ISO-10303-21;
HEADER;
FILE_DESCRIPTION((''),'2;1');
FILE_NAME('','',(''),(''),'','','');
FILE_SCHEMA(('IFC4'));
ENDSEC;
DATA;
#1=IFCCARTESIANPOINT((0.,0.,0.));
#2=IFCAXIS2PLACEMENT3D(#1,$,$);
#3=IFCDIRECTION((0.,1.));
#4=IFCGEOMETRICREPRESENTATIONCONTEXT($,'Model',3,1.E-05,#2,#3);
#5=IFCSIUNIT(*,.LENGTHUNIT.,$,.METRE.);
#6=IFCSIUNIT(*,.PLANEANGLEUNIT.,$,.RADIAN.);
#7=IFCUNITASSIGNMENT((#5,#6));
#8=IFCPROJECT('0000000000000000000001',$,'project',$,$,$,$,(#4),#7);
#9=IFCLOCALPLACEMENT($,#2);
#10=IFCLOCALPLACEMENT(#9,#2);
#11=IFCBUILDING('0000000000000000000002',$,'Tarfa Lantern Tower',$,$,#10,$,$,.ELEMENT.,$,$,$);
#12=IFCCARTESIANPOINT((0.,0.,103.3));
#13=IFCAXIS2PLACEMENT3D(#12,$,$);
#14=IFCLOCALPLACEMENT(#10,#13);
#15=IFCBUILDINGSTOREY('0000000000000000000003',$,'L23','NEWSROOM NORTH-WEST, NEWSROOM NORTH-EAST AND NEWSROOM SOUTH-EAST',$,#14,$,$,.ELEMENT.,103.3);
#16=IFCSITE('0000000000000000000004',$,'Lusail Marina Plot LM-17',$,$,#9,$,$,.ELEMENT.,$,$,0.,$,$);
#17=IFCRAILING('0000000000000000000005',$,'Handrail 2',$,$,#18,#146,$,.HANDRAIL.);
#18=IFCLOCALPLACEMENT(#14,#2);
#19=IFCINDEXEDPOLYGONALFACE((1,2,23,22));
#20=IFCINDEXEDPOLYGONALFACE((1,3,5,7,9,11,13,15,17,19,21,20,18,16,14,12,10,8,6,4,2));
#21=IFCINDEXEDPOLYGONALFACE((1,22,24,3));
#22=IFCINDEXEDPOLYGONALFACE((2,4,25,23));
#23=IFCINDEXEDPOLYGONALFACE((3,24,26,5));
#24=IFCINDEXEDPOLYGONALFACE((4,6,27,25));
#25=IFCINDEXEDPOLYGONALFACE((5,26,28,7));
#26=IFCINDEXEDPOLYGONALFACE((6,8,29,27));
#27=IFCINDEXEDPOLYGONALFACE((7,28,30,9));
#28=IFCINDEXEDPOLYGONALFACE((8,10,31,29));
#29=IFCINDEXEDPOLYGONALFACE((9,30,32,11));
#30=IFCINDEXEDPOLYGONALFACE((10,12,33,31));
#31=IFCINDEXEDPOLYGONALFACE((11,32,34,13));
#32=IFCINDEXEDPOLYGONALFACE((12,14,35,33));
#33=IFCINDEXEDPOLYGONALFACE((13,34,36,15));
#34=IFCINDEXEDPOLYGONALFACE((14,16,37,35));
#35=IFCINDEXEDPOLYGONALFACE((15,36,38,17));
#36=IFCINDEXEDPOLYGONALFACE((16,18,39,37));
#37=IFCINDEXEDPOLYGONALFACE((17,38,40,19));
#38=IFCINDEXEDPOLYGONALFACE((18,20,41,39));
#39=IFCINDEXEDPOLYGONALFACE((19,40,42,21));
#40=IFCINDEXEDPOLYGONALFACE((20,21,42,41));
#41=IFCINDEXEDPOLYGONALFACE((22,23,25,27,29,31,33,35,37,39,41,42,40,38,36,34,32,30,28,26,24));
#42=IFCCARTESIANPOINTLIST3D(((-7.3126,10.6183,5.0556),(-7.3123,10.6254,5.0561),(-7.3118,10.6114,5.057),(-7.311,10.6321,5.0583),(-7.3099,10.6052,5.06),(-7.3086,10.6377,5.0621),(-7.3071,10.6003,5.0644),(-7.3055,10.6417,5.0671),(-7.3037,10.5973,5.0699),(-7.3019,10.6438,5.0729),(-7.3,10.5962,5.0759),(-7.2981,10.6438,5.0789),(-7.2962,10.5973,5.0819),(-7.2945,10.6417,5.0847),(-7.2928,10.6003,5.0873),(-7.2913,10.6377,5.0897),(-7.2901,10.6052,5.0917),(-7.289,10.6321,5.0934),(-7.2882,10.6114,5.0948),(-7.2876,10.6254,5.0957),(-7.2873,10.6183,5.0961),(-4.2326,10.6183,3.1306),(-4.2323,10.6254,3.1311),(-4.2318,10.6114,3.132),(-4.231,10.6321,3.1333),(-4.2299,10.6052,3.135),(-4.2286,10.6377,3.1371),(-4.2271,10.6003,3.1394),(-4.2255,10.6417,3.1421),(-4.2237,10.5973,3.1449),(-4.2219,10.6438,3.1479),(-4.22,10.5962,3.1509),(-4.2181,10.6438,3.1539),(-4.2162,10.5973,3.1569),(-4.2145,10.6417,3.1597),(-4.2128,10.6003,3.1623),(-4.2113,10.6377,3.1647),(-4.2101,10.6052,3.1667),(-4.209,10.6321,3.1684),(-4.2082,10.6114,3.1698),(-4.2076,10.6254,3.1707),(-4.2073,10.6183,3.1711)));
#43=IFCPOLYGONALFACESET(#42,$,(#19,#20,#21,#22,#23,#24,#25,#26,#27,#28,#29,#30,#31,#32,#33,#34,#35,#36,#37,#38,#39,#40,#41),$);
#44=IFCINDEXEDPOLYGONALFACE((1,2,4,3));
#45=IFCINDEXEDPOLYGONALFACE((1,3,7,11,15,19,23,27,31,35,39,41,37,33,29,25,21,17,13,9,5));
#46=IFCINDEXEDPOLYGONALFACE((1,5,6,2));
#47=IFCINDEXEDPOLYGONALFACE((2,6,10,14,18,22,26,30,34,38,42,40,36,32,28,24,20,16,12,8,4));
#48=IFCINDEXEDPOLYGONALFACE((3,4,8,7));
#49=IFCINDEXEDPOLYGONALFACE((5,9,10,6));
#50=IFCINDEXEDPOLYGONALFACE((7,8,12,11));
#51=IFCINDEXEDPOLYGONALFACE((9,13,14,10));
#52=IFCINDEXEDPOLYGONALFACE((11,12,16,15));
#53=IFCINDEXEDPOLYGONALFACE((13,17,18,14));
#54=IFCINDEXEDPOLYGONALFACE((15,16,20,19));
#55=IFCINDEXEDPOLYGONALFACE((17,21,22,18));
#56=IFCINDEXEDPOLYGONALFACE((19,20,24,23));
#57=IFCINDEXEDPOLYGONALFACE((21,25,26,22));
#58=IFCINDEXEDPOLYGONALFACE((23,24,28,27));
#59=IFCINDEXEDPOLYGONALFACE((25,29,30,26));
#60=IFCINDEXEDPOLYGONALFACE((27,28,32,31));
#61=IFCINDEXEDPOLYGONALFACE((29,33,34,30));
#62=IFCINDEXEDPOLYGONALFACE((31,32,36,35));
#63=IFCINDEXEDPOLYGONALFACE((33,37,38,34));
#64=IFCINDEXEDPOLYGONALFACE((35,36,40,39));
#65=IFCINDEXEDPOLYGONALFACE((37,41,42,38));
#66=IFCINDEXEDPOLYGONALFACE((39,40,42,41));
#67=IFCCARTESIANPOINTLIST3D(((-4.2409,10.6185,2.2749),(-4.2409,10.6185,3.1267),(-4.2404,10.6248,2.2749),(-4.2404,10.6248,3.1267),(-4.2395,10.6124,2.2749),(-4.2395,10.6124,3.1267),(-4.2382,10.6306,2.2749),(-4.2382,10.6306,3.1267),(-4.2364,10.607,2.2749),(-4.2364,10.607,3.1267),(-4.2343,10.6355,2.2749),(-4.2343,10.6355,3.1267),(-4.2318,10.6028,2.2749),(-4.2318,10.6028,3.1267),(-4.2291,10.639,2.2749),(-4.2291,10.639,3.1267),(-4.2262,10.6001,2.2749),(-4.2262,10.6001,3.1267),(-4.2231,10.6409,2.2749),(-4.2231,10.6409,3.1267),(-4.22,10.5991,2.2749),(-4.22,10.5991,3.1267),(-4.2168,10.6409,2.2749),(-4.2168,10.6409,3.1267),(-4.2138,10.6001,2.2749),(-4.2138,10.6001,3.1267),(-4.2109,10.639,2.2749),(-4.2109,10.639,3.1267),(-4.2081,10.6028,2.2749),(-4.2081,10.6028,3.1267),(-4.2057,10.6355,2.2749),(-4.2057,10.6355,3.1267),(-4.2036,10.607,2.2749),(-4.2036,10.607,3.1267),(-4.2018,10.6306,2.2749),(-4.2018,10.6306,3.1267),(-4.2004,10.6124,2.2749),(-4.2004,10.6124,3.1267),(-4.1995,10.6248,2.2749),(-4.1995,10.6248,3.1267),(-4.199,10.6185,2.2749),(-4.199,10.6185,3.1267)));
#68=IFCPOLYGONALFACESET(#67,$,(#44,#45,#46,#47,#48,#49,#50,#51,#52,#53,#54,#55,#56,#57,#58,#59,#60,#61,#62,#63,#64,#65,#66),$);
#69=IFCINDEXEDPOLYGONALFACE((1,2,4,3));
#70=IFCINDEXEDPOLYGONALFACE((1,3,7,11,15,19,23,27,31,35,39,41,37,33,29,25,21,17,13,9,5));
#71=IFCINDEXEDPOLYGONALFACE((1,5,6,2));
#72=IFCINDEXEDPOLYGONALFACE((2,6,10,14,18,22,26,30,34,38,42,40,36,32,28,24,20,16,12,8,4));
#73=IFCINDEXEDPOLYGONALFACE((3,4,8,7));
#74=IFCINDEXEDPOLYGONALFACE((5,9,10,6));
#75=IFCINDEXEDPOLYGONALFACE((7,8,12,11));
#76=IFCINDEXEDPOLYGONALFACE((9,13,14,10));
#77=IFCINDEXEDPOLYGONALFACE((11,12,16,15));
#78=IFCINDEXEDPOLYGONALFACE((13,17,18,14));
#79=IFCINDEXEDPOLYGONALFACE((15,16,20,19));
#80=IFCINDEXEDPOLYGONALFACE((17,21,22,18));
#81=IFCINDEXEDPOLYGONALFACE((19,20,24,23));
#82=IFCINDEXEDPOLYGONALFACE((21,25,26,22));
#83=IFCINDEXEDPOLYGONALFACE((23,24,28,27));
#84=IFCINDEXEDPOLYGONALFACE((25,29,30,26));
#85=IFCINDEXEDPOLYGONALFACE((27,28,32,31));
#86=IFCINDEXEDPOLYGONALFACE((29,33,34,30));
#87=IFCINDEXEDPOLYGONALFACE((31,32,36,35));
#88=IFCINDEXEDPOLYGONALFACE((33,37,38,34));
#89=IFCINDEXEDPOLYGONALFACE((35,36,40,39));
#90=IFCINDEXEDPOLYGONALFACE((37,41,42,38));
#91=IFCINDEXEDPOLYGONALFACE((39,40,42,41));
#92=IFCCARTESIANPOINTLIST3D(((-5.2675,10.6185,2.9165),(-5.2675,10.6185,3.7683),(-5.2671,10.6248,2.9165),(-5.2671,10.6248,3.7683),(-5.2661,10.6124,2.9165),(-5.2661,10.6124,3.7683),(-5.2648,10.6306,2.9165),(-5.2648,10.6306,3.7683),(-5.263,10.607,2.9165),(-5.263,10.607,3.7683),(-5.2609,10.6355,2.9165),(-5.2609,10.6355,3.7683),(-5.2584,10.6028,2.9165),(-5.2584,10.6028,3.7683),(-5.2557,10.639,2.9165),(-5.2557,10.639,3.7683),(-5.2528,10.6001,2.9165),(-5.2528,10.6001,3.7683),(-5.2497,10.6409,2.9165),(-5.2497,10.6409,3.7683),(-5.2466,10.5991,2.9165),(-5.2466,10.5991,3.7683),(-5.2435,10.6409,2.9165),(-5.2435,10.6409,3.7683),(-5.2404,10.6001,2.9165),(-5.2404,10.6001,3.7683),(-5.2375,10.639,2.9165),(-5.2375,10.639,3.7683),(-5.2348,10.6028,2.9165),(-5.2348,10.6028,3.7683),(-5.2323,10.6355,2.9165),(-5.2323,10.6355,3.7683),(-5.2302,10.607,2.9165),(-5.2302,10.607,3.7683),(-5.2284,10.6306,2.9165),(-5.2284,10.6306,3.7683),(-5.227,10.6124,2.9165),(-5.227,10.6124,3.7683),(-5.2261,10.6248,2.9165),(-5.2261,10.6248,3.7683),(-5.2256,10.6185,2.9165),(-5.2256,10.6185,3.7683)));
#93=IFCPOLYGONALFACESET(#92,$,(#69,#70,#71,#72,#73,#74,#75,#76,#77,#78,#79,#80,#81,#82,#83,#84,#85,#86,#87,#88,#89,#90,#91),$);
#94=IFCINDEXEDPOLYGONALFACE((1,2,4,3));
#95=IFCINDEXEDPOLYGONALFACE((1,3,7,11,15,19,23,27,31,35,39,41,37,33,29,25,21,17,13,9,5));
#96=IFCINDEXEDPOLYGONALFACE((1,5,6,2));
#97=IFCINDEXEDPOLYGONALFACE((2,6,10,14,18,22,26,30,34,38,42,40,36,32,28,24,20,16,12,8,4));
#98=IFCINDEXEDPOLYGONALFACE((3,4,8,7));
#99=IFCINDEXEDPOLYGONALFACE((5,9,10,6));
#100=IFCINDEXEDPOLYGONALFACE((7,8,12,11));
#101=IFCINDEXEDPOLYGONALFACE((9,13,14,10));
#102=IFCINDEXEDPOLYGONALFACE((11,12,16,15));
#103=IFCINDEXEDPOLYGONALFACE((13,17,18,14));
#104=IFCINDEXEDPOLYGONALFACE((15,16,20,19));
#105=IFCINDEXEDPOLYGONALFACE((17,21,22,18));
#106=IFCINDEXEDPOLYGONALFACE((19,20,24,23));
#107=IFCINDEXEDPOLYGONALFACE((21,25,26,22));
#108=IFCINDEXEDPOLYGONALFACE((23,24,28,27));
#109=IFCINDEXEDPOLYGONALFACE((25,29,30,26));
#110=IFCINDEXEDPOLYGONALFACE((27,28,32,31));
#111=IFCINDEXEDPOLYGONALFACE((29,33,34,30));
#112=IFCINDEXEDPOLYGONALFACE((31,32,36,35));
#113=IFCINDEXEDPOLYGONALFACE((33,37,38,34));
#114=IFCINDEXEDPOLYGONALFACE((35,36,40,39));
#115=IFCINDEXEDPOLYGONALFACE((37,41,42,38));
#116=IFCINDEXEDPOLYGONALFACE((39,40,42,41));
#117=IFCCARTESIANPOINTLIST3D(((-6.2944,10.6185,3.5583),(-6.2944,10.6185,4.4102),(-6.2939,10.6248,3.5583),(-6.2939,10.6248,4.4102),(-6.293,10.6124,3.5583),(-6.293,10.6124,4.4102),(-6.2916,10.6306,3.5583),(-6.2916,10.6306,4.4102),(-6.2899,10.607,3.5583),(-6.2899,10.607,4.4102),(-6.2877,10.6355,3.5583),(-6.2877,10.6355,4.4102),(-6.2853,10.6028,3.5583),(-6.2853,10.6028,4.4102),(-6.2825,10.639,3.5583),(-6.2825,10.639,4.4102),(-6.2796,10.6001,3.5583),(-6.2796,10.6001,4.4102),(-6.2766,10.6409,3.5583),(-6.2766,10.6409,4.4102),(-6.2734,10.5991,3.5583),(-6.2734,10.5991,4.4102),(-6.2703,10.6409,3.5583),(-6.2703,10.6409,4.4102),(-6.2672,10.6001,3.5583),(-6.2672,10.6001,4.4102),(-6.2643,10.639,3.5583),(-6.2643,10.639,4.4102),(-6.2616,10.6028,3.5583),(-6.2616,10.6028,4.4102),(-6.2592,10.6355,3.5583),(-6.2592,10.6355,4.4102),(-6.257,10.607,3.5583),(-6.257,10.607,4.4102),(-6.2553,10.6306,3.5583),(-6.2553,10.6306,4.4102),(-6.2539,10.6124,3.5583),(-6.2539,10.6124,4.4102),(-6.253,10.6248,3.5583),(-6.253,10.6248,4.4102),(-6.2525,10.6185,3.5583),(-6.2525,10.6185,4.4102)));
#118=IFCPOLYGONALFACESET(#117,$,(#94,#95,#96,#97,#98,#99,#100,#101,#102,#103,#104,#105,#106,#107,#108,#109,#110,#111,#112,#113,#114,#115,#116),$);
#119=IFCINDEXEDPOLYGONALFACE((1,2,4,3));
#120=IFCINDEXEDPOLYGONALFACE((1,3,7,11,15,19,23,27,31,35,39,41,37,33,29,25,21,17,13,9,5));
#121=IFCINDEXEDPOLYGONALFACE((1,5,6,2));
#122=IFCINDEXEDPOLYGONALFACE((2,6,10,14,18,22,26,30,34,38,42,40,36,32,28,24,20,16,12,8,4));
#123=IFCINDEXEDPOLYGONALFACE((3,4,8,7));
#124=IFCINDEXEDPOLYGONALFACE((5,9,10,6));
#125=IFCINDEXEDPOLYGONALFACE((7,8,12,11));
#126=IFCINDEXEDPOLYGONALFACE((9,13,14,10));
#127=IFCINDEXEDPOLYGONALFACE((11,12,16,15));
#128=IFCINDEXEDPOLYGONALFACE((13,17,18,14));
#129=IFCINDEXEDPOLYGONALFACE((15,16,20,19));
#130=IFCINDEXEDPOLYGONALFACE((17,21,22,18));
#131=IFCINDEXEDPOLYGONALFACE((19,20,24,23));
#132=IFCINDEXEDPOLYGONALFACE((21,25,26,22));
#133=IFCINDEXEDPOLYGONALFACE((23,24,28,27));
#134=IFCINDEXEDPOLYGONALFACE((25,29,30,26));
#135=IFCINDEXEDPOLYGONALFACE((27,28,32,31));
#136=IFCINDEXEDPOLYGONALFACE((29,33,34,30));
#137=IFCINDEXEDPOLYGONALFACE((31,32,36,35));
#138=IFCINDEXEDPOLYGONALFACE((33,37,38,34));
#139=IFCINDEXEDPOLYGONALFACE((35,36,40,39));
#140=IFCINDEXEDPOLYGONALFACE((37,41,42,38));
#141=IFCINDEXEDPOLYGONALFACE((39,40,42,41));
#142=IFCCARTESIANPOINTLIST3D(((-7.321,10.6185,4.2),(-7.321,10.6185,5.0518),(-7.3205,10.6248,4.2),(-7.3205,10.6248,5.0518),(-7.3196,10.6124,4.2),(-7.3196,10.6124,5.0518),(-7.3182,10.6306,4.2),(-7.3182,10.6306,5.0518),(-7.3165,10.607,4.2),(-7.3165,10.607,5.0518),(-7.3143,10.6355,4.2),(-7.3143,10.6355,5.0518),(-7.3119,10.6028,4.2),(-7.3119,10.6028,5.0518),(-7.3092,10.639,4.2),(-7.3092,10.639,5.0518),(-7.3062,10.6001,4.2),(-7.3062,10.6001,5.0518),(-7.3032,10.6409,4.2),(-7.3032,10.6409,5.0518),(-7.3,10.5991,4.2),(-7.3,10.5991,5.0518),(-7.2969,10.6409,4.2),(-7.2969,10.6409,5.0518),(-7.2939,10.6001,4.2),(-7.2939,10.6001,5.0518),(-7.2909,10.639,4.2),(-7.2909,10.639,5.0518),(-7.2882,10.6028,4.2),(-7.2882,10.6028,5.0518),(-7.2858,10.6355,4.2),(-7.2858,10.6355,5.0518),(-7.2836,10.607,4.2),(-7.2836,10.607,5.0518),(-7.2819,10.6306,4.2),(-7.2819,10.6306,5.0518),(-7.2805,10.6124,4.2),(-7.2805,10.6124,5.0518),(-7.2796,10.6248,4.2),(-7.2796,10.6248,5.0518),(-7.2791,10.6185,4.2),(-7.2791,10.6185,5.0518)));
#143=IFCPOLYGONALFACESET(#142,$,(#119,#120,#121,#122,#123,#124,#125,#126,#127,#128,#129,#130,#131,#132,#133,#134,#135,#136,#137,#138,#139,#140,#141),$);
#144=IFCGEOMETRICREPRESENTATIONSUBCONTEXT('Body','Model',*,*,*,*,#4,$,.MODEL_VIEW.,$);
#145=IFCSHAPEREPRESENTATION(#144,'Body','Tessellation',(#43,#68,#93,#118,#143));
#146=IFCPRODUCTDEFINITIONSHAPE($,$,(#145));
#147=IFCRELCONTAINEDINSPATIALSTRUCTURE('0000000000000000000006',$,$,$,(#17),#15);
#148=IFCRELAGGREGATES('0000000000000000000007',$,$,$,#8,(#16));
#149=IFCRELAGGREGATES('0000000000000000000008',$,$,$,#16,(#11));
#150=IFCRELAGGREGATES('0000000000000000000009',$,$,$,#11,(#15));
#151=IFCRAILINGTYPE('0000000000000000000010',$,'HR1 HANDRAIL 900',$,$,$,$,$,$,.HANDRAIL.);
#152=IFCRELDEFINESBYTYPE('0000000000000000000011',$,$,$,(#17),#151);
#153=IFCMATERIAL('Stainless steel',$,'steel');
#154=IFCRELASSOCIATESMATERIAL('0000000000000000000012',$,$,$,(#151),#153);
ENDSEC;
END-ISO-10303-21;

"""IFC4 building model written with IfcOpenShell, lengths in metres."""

from ifc_helpers import new_model, si_unit, direction, frame, origin, origin_2d, place, context, subcontext, project, spatial, circle, extrude, material, type_object, element, save


model = new_model("IFC4")

# Units and contexts
model_context = context("Model", 3, precision=1e-05, world=origin(), true_north=direction((0.0, 1.0)))
body_context = subcontext(model_context, "Body", "Model", "MODEL_VIEW")
ifc_project = project(units=[si_unit("LENGTHUNIT", "METRE"), si_unit("PLANEANGLEUNIT", "RADIAN")], contexts=[model_context])

# Site, building, storey
site_placement = place(None, origin())
site = spatial("IfcSite", under=ifc_project, at=site_placement, Name="Lusail Marina Plot LM-17", CompositionType="ELEMENT", RefElevation=0.0)
building_placement = place(site_placement, origin())
building = spatial("IfcBuilding", under=site, at=building_placement, Name="Tarfa Lantern Tower", CompositionType="ELEMENT")
storey_placement = place(building_placement, frame((0.0, 0.0, 103.3)))
storey = spatial("IfcBuildingStorey", under=building, at=storey_placement, Name="L23", Description="NEWSROOM NORTH-WEST, NEWSROOM NORTH-EAST AND NEWSROOM SOUTH-EAST", CompositionType="ELEMENT", Elevation=103.3)

# Railing
ifc_material_1 = material(Name="Stainless steel", Category="steel")
railing_type = type_object("IfcRailingType", Name="HR1 HANDRAIL 900", PredefinedType="HANDRAIL", material=ifc_material_1)
railing_1_placement = place(storey_placement, frame((-4.22, 10.6201, 2.2749)))
element("IfcRailing", 1, at=railing_1_placement, inside=storey, type_object=railing_type, Name="Handrail 2", PredefinedType="HANDRAIL", context=body_context, shape_type="SweptSolid", body=[
    extrude(circle(Radius=0.0239, at=origin_2d()), frame((0.0, 0.0, 0.876), z_axis=(-0.847998, 0.0, 0.529999), x_axis=(0.0, -1.0, 0.0)), (0.0, 0.0, 1.0), 3.6321),
    extrude(circle(Radius=0.021, at=origin_2d()), frame((0.0, 0.0, 0.0), z_axis=(0.0, 0.0, 1.0), x_axis=(0.0, -1.0, 0.0)), (0.0, 0.0, 1.0), 0.8518),
    extrude(circle(Radius=0.021, at=origin_2d()), frame((-1.0266, 0.0, 0.6416), z_axis=(0.0, 0.0, 1.0), x_axis=(0.0, -1.0, 0.0)), (0.0, 0.0, 1.0), 0.8518),
    extrude(circle(Radius=0.021, at=origin_2d()), frame((-2.0535, 0.0, 1.2834), z_axis=(0.0, 0.0, 1.0), x_axis=(0.0, -1.0, 0.0)), (0.0, 0.0, 1.0), 0.8518),
    extrude(circle(Radius=0.021, at=origin_2d()), frame((-3.0801, 0.0, 1.925), z_axis=(0.0, 0.0, 1.0), x_axis=(0.0, -1.0, 0.0)), (0.0, 0.0, 1.0), 0.8518),
])

save(model, "model.ifc")
